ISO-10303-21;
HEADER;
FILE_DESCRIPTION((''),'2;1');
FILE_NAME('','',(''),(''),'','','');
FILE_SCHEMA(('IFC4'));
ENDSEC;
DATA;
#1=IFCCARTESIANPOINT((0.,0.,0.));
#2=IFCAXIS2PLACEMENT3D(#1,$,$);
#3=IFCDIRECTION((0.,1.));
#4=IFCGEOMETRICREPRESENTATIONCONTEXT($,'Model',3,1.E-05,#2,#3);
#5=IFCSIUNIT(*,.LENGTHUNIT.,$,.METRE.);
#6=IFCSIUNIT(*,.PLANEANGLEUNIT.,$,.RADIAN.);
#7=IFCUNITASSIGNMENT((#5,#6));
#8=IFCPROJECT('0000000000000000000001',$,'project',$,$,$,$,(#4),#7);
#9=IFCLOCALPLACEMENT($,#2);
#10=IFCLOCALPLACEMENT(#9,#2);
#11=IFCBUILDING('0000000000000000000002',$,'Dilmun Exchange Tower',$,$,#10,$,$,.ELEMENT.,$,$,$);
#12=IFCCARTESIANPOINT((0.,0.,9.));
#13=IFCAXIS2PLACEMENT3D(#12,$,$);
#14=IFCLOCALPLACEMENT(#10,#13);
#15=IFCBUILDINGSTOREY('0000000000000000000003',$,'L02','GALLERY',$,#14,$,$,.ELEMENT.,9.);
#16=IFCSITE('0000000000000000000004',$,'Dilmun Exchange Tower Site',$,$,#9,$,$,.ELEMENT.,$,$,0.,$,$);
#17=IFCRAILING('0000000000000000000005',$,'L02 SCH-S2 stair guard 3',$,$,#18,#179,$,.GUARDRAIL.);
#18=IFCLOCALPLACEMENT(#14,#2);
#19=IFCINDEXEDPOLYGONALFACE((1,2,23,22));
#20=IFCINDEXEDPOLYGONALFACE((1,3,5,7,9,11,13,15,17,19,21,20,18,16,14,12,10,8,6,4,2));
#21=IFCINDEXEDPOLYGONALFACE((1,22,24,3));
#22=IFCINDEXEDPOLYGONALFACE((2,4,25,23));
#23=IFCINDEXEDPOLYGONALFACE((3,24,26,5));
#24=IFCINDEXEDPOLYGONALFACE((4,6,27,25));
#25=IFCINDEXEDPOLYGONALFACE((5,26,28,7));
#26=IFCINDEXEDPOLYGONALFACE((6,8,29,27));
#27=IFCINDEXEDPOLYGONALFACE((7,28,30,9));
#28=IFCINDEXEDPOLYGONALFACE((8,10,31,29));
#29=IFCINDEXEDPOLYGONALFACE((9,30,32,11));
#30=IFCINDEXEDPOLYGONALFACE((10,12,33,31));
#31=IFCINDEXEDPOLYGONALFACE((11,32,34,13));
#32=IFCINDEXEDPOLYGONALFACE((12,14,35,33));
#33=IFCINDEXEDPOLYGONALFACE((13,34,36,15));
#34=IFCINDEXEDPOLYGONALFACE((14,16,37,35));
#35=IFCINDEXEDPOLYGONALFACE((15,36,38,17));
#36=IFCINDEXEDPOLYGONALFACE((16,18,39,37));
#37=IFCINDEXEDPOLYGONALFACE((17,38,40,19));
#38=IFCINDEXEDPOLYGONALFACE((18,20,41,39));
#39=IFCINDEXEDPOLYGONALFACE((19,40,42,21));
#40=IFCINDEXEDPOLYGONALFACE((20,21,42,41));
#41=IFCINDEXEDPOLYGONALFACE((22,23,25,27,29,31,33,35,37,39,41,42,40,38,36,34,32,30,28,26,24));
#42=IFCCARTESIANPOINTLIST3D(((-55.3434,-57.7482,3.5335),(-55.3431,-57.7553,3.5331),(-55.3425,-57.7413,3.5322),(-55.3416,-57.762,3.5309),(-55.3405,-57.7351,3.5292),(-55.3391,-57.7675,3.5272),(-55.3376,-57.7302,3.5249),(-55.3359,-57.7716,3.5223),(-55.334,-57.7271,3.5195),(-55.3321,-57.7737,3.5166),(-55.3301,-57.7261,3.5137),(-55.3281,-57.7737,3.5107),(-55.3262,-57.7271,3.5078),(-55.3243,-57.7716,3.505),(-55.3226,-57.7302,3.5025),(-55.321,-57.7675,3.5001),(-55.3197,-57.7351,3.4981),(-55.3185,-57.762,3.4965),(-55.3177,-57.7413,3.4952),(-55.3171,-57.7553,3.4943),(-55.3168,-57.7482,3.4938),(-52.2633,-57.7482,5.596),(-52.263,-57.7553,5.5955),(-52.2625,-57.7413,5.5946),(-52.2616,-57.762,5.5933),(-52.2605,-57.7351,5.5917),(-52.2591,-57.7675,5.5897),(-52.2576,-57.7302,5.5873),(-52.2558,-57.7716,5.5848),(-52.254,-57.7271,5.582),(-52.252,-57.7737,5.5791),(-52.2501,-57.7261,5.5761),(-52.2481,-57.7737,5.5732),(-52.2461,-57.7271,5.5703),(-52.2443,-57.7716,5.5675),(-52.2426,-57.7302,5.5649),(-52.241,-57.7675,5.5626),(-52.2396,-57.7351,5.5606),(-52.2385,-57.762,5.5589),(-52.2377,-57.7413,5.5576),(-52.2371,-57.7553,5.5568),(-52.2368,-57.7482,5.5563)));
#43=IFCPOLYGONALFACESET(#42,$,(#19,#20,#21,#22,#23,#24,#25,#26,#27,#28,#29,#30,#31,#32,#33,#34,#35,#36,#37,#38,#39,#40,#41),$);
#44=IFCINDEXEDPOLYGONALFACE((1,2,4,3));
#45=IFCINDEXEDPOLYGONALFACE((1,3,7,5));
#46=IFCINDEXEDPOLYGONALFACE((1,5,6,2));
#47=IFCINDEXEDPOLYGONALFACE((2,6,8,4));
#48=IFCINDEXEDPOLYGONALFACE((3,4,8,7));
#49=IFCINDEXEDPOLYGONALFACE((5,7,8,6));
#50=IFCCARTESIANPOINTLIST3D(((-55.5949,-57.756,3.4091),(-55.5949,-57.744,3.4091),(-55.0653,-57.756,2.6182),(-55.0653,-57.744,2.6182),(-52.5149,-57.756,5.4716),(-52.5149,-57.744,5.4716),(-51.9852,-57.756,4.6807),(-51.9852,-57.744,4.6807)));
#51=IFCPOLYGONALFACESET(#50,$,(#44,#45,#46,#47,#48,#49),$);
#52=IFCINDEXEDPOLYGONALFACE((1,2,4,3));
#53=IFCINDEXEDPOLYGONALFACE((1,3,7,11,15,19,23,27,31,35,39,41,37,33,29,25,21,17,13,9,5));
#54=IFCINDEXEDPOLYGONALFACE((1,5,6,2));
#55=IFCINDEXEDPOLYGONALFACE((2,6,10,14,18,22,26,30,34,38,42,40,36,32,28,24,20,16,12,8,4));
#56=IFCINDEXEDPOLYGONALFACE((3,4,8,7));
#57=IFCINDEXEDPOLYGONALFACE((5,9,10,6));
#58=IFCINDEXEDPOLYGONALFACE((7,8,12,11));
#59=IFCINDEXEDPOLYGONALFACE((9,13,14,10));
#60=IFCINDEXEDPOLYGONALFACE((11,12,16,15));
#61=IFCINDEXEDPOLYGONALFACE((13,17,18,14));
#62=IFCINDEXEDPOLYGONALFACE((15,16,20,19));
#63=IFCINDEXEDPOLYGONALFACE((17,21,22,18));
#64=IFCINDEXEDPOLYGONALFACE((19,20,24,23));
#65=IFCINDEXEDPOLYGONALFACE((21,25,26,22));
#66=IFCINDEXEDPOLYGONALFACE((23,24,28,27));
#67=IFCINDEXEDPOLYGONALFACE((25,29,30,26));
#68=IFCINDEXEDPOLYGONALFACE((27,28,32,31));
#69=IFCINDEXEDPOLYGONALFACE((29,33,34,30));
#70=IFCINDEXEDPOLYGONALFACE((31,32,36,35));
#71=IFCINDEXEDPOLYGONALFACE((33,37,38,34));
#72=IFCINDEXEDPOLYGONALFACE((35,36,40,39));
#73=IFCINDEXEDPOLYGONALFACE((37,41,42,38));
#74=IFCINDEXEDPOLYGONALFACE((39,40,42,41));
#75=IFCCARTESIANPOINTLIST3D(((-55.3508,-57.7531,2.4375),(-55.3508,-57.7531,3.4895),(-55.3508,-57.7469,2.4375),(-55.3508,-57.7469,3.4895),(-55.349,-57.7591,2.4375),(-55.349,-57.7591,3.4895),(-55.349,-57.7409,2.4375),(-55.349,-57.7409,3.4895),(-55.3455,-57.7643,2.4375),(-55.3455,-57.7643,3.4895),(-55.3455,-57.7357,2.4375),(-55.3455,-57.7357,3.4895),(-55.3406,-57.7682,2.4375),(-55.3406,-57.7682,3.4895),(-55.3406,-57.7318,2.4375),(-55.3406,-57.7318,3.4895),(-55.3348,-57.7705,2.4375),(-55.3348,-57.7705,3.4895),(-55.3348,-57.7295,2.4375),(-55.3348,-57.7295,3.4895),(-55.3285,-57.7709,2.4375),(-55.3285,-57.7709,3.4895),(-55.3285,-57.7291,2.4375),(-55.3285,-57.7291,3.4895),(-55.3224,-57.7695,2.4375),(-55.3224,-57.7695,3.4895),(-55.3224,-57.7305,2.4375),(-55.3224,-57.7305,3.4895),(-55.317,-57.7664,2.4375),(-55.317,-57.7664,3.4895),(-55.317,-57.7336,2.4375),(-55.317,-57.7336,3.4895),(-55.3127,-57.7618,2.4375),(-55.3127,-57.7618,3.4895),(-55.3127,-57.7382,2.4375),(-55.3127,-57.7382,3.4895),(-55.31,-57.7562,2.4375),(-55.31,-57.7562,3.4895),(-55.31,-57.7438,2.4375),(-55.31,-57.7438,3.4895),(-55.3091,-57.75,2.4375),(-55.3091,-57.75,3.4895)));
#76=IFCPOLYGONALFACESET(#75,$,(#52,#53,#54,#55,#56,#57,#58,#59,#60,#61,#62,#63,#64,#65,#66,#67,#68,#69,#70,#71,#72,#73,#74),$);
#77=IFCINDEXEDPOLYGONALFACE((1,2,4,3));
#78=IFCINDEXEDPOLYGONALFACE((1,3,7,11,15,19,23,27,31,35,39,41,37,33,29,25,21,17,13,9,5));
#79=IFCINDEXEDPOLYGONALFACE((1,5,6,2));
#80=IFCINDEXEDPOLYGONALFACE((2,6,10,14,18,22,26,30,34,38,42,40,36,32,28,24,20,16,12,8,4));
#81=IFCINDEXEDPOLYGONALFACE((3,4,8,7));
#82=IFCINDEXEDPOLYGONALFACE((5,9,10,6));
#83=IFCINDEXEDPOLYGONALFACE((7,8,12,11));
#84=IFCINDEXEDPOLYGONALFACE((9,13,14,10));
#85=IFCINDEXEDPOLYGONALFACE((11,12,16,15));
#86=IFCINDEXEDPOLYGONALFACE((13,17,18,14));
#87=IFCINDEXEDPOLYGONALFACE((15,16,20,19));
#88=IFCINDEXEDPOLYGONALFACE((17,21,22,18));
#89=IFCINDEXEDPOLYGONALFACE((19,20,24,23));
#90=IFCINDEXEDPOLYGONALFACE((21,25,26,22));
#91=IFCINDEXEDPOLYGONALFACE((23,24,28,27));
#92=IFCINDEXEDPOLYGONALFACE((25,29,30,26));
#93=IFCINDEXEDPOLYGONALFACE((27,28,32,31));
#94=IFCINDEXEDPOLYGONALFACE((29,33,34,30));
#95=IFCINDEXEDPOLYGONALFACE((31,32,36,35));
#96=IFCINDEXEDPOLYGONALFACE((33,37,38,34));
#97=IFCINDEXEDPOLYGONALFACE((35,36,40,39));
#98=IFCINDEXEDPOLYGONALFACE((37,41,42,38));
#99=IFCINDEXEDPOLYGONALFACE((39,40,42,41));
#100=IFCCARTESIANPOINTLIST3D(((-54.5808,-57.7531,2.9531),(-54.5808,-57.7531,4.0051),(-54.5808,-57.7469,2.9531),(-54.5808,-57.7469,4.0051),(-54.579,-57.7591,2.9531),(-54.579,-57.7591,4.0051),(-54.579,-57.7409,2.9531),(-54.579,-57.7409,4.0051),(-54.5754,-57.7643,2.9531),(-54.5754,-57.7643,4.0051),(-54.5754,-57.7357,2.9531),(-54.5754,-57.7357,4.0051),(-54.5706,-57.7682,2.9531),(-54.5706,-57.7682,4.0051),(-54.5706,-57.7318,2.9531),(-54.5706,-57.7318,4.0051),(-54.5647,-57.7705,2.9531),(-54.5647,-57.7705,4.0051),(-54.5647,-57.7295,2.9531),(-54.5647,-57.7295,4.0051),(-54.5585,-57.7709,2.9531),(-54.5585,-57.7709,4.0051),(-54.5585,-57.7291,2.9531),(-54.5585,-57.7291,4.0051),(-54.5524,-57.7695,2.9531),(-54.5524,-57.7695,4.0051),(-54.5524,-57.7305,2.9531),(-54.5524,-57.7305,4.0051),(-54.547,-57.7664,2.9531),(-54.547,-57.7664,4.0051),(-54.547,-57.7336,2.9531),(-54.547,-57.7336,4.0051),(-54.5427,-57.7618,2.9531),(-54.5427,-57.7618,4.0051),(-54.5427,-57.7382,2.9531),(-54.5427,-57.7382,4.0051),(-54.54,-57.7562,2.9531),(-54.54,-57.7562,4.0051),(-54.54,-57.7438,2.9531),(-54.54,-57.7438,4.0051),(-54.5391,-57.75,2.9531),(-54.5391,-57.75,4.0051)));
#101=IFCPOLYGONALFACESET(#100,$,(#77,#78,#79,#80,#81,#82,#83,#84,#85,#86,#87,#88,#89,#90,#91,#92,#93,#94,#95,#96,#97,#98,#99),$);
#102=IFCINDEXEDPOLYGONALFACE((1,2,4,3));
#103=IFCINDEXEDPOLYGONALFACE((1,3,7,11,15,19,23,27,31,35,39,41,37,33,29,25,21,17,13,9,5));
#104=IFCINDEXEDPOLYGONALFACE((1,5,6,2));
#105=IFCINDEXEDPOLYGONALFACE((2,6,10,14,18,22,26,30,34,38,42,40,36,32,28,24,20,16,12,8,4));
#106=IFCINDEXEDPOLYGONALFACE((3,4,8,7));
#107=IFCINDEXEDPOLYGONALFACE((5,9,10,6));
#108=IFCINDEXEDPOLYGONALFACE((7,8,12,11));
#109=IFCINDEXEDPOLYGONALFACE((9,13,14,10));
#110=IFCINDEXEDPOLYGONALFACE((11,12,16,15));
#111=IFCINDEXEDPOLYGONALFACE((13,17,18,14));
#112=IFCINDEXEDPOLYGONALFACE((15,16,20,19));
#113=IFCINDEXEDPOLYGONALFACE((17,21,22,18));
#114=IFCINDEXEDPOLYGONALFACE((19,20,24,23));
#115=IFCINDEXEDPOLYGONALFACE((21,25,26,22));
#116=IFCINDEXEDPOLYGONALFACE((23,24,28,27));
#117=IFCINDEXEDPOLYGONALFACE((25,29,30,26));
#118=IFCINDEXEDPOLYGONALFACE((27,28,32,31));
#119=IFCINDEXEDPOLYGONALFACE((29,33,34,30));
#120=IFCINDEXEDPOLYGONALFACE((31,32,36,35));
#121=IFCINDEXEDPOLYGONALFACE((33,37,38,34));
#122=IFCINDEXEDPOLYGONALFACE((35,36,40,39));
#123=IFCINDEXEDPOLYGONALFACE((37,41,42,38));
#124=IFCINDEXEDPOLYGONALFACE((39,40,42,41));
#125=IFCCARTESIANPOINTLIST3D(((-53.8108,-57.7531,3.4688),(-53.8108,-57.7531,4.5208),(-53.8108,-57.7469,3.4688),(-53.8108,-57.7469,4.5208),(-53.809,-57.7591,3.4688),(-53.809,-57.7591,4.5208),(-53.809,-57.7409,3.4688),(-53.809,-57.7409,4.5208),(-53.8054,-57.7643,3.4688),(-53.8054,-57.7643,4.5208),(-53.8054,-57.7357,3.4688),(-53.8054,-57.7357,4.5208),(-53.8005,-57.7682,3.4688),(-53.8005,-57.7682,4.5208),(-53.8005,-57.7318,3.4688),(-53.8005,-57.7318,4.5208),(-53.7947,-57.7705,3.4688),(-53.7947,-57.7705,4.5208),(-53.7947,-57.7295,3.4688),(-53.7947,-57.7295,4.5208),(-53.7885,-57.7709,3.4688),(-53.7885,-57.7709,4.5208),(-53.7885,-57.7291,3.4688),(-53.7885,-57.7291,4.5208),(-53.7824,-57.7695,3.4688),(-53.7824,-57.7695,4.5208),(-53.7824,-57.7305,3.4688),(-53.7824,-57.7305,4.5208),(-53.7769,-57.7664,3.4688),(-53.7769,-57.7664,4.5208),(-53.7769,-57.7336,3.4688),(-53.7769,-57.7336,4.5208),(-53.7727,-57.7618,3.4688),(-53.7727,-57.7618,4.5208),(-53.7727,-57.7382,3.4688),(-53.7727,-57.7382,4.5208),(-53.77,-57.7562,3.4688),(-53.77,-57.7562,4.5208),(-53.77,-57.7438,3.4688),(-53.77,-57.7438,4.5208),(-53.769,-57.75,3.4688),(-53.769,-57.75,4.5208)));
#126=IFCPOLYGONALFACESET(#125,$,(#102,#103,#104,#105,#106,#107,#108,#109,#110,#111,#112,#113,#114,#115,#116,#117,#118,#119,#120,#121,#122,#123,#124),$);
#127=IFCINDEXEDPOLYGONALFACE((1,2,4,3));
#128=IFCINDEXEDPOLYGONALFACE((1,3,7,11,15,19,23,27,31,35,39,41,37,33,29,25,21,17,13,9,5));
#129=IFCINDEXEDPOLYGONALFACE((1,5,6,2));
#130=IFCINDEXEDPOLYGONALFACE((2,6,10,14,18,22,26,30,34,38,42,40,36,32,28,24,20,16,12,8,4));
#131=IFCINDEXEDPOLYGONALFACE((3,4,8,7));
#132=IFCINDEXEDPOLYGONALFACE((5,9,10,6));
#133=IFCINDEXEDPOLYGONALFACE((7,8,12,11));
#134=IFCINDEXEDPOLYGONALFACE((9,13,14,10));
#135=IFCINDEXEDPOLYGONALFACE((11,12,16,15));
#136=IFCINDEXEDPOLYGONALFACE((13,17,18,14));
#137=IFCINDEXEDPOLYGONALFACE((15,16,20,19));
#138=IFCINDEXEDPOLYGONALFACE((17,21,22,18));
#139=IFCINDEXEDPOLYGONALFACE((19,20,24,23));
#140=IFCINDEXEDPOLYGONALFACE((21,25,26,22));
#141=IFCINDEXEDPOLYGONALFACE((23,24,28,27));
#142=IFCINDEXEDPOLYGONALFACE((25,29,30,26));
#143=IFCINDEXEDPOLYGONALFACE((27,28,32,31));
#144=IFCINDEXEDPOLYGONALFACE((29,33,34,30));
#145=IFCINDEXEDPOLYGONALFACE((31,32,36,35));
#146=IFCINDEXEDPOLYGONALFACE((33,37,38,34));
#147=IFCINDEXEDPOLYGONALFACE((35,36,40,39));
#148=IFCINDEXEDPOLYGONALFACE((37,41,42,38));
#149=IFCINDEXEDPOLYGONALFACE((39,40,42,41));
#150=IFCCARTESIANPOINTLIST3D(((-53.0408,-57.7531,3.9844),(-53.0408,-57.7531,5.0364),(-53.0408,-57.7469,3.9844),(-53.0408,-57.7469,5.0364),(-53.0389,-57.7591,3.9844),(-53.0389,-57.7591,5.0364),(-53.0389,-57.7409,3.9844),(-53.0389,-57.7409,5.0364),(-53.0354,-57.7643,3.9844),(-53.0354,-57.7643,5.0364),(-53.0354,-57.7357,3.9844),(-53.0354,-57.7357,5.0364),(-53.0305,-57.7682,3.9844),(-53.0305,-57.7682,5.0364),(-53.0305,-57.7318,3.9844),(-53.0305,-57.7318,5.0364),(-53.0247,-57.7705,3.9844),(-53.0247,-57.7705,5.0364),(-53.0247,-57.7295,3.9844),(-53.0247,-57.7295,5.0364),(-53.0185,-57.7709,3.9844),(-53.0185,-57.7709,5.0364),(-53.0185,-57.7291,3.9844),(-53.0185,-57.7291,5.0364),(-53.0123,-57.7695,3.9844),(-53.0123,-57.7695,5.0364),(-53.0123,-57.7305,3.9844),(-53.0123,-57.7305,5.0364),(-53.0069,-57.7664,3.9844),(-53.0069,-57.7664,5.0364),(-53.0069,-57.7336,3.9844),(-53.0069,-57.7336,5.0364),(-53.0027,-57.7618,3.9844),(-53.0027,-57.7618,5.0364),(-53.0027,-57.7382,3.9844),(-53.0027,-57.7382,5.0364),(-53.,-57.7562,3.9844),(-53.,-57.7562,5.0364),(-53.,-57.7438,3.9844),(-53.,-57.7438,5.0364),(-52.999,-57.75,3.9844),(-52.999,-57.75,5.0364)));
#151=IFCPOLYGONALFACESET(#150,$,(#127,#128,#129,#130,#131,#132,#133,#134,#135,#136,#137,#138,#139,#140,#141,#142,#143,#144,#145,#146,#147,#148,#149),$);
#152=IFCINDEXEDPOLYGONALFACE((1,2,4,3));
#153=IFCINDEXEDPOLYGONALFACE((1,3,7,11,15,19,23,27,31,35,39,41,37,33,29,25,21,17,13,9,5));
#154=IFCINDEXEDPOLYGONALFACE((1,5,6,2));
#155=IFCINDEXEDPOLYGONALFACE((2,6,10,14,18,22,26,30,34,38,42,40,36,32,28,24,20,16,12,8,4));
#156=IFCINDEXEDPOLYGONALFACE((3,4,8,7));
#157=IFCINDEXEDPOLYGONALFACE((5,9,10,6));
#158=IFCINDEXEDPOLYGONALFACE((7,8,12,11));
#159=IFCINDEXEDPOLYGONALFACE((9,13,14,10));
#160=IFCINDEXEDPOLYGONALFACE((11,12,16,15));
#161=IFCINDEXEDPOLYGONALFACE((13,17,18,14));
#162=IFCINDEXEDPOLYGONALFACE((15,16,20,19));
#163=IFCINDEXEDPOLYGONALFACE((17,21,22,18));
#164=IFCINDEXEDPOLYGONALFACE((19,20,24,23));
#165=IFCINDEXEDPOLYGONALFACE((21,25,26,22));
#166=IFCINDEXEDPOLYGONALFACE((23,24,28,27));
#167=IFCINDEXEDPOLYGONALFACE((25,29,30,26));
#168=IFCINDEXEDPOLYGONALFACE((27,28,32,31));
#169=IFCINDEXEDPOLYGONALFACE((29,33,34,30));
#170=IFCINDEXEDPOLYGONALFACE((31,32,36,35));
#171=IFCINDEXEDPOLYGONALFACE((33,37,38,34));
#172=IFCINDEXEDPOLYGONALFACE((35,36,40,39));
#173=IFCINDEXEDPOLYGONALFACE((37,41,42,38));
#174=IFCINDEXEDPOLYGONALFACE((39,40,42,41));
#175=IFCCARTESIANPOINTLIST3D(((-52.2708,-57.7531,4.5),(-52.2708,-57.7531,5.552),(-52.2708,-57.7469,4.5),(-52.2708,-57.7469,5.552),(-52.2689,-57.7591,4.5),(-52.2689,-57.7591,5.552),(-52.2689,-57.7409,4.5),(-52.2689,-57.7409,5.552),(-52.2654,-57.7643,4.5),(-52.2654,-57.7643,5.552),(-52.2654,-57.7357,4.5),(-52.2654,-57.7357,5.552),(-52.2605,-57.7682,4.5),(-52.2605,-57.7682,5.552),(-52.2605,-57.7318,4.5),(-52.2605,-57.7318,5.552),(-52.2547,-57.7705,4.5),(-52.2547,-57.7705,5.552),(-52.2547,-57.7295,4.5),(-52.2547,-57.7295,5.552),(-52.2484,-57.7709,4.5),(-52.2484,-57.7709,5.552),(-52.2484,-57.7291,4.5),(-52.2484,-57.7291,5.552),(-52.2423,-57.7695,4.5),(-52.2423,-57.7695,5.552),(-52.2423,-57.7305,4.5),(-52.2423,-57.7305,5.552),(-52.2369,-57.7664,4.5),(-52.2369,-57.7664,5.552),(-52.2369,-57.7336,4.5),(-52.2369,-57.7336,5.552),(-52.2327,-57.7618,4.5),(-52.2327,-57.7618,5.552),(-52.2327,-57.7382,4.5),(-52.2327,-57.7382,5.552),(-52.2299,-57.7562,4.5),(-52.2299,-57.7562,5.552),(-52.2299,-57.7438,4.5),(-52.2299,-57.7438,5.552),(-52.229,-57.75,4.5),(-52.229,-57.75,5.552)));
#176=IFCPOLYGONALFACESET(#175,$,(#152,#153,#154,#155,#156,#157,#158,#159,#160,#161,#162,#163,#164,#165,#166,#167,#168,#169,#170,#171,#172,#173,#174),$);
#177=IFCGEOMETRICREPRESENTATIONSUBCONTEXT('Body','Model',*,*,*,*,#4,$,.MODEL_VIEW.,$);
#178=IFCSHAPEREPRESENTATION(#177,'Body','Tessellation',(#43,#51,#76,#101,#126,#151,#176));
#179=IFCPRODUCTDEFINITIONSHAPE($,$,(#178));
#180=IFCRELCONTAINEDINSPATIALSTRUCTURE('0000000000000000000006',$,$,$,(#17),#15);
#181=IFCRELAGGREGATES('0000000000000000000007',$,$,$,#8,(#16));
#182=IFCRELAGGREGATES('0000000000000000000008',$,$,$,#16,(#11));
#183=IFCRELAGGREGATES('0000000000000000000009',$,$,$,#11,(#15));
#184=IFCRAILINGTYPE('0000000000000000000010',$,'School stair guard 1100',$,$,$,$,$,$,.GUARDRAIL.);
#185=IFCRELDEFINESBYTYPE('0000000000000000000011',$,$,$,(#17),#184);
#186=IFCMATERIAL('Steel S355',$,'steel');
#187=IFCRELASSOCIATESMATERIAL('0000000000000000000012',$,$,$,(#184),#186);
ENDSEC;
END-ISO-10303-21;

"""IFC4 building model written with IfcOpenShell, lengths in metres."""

from ifc_helpers import new_model, si_unit, direction, frame, origin, origin_2d, place, context, subcontext, project, spatial, rectangle, circle, extrude, material, type_object, element, save


model = new_model("IFC4")

# Units and contexts
model_context = context("Model", 3, precision=1e-05, world=origin(), true_north=direction((0.0, 1.0)))
body_context = subcontext(model_context, "Body", "Model", "MODEL_VIEW")
ifc_project = project(units=[si_unit("LENGTHUNIT", "METRE"), si_unit("PLANEANGLEUNIT", "RADIAN")], contexts=[model_context])

# Site, building, storey
site_placement = place(None, origin())
site = spatial("IfcSite", under=ifc_project, at=site_placement, Name="Dilmun Exchange Tower Site", CompositionType="ELEMENT", RefElevation=0.0)
building_placement = place(site_placement, origin())
building = spatial("IfcBuilding", under=site, at=building_placement, Name="Dilmun Exchange Tower", CompositionType="ELEMENT")
storey_placement = place(building_placement, frame((0.0, 0.0, 9.0)))
storey = spatial("IfcBuildingStorey", under=building, at=storey_placement, Name="L02", Description="GALLERY", CompositionType="ELEMENT", Elevation=9.0)

# Railing
ifc_material_1 = material(Name="Steel S355", Category="steel")
railing_type_1 = type_object("IfcRailingType", Name="School stair guard 1100", PredefinedType="GUARDRAIL", material=ifc_material_1)
railing_1_placement = place(storey_placement, frame((-55.3301, -57.75, 2.4375)))
element("IfcRailing", 1, at=railing_1_placement, inside=storey, type_object=railing_type_1, Name="L02 SCH-S2 stair guard 3", PredefinedType="GUARDRAIL", context=body_context, shape_type="SweptSolid", body=[
    extrude(circle(Radius=0.0239, at=origin_2d()), frame((0.0, 0.0, 1.0762), z_axis=(0.830914, 0.0, 0.556401), x_axis=(0.0, 1.0, 0.0)), (0.0, 0.0, 1.0), 3.7068),
    extrude(rectangle(XDim=0.012, YDim=0.9519, at=origin_2d()), frame((0.0, 0.0, 0.5762), z_axis=(0.830914, 0.0, 0.556401), x_axis=(0.0, 1.0, 0.0)), (0.0, 0.0, 1.0), 3.7068),
    extrude(circle(Radius=0.021, at=origin_2d()), origin(), (0.0, 0.0, 1.0), 1.052),
    extrude(circle(Radius=0.021, at=origin_2d()), frame((0.77, 0.0, 0.5156)), (0.0, 0.0, 1.0), 1.052),
    extrude(circle(Radius=0.021, at=origin_2d()), frame((1.54, 0.0, 1.0312)), (0.0, 0.0, 1.0), 1.052),
    extrude(circle(Radius=0.021, at=origin_2d()), frame((2.3101, 0.0, 1.5469)), (0.0, 0.0, 1.0), 1.052),
    extrude(circle(Radius=0.021, at=origin_2d()), frame((3.0801, 0.0, 2.0625)), (0.0, 0.0, 1.0), 1.052),
])

save(model, "model.ifc")
